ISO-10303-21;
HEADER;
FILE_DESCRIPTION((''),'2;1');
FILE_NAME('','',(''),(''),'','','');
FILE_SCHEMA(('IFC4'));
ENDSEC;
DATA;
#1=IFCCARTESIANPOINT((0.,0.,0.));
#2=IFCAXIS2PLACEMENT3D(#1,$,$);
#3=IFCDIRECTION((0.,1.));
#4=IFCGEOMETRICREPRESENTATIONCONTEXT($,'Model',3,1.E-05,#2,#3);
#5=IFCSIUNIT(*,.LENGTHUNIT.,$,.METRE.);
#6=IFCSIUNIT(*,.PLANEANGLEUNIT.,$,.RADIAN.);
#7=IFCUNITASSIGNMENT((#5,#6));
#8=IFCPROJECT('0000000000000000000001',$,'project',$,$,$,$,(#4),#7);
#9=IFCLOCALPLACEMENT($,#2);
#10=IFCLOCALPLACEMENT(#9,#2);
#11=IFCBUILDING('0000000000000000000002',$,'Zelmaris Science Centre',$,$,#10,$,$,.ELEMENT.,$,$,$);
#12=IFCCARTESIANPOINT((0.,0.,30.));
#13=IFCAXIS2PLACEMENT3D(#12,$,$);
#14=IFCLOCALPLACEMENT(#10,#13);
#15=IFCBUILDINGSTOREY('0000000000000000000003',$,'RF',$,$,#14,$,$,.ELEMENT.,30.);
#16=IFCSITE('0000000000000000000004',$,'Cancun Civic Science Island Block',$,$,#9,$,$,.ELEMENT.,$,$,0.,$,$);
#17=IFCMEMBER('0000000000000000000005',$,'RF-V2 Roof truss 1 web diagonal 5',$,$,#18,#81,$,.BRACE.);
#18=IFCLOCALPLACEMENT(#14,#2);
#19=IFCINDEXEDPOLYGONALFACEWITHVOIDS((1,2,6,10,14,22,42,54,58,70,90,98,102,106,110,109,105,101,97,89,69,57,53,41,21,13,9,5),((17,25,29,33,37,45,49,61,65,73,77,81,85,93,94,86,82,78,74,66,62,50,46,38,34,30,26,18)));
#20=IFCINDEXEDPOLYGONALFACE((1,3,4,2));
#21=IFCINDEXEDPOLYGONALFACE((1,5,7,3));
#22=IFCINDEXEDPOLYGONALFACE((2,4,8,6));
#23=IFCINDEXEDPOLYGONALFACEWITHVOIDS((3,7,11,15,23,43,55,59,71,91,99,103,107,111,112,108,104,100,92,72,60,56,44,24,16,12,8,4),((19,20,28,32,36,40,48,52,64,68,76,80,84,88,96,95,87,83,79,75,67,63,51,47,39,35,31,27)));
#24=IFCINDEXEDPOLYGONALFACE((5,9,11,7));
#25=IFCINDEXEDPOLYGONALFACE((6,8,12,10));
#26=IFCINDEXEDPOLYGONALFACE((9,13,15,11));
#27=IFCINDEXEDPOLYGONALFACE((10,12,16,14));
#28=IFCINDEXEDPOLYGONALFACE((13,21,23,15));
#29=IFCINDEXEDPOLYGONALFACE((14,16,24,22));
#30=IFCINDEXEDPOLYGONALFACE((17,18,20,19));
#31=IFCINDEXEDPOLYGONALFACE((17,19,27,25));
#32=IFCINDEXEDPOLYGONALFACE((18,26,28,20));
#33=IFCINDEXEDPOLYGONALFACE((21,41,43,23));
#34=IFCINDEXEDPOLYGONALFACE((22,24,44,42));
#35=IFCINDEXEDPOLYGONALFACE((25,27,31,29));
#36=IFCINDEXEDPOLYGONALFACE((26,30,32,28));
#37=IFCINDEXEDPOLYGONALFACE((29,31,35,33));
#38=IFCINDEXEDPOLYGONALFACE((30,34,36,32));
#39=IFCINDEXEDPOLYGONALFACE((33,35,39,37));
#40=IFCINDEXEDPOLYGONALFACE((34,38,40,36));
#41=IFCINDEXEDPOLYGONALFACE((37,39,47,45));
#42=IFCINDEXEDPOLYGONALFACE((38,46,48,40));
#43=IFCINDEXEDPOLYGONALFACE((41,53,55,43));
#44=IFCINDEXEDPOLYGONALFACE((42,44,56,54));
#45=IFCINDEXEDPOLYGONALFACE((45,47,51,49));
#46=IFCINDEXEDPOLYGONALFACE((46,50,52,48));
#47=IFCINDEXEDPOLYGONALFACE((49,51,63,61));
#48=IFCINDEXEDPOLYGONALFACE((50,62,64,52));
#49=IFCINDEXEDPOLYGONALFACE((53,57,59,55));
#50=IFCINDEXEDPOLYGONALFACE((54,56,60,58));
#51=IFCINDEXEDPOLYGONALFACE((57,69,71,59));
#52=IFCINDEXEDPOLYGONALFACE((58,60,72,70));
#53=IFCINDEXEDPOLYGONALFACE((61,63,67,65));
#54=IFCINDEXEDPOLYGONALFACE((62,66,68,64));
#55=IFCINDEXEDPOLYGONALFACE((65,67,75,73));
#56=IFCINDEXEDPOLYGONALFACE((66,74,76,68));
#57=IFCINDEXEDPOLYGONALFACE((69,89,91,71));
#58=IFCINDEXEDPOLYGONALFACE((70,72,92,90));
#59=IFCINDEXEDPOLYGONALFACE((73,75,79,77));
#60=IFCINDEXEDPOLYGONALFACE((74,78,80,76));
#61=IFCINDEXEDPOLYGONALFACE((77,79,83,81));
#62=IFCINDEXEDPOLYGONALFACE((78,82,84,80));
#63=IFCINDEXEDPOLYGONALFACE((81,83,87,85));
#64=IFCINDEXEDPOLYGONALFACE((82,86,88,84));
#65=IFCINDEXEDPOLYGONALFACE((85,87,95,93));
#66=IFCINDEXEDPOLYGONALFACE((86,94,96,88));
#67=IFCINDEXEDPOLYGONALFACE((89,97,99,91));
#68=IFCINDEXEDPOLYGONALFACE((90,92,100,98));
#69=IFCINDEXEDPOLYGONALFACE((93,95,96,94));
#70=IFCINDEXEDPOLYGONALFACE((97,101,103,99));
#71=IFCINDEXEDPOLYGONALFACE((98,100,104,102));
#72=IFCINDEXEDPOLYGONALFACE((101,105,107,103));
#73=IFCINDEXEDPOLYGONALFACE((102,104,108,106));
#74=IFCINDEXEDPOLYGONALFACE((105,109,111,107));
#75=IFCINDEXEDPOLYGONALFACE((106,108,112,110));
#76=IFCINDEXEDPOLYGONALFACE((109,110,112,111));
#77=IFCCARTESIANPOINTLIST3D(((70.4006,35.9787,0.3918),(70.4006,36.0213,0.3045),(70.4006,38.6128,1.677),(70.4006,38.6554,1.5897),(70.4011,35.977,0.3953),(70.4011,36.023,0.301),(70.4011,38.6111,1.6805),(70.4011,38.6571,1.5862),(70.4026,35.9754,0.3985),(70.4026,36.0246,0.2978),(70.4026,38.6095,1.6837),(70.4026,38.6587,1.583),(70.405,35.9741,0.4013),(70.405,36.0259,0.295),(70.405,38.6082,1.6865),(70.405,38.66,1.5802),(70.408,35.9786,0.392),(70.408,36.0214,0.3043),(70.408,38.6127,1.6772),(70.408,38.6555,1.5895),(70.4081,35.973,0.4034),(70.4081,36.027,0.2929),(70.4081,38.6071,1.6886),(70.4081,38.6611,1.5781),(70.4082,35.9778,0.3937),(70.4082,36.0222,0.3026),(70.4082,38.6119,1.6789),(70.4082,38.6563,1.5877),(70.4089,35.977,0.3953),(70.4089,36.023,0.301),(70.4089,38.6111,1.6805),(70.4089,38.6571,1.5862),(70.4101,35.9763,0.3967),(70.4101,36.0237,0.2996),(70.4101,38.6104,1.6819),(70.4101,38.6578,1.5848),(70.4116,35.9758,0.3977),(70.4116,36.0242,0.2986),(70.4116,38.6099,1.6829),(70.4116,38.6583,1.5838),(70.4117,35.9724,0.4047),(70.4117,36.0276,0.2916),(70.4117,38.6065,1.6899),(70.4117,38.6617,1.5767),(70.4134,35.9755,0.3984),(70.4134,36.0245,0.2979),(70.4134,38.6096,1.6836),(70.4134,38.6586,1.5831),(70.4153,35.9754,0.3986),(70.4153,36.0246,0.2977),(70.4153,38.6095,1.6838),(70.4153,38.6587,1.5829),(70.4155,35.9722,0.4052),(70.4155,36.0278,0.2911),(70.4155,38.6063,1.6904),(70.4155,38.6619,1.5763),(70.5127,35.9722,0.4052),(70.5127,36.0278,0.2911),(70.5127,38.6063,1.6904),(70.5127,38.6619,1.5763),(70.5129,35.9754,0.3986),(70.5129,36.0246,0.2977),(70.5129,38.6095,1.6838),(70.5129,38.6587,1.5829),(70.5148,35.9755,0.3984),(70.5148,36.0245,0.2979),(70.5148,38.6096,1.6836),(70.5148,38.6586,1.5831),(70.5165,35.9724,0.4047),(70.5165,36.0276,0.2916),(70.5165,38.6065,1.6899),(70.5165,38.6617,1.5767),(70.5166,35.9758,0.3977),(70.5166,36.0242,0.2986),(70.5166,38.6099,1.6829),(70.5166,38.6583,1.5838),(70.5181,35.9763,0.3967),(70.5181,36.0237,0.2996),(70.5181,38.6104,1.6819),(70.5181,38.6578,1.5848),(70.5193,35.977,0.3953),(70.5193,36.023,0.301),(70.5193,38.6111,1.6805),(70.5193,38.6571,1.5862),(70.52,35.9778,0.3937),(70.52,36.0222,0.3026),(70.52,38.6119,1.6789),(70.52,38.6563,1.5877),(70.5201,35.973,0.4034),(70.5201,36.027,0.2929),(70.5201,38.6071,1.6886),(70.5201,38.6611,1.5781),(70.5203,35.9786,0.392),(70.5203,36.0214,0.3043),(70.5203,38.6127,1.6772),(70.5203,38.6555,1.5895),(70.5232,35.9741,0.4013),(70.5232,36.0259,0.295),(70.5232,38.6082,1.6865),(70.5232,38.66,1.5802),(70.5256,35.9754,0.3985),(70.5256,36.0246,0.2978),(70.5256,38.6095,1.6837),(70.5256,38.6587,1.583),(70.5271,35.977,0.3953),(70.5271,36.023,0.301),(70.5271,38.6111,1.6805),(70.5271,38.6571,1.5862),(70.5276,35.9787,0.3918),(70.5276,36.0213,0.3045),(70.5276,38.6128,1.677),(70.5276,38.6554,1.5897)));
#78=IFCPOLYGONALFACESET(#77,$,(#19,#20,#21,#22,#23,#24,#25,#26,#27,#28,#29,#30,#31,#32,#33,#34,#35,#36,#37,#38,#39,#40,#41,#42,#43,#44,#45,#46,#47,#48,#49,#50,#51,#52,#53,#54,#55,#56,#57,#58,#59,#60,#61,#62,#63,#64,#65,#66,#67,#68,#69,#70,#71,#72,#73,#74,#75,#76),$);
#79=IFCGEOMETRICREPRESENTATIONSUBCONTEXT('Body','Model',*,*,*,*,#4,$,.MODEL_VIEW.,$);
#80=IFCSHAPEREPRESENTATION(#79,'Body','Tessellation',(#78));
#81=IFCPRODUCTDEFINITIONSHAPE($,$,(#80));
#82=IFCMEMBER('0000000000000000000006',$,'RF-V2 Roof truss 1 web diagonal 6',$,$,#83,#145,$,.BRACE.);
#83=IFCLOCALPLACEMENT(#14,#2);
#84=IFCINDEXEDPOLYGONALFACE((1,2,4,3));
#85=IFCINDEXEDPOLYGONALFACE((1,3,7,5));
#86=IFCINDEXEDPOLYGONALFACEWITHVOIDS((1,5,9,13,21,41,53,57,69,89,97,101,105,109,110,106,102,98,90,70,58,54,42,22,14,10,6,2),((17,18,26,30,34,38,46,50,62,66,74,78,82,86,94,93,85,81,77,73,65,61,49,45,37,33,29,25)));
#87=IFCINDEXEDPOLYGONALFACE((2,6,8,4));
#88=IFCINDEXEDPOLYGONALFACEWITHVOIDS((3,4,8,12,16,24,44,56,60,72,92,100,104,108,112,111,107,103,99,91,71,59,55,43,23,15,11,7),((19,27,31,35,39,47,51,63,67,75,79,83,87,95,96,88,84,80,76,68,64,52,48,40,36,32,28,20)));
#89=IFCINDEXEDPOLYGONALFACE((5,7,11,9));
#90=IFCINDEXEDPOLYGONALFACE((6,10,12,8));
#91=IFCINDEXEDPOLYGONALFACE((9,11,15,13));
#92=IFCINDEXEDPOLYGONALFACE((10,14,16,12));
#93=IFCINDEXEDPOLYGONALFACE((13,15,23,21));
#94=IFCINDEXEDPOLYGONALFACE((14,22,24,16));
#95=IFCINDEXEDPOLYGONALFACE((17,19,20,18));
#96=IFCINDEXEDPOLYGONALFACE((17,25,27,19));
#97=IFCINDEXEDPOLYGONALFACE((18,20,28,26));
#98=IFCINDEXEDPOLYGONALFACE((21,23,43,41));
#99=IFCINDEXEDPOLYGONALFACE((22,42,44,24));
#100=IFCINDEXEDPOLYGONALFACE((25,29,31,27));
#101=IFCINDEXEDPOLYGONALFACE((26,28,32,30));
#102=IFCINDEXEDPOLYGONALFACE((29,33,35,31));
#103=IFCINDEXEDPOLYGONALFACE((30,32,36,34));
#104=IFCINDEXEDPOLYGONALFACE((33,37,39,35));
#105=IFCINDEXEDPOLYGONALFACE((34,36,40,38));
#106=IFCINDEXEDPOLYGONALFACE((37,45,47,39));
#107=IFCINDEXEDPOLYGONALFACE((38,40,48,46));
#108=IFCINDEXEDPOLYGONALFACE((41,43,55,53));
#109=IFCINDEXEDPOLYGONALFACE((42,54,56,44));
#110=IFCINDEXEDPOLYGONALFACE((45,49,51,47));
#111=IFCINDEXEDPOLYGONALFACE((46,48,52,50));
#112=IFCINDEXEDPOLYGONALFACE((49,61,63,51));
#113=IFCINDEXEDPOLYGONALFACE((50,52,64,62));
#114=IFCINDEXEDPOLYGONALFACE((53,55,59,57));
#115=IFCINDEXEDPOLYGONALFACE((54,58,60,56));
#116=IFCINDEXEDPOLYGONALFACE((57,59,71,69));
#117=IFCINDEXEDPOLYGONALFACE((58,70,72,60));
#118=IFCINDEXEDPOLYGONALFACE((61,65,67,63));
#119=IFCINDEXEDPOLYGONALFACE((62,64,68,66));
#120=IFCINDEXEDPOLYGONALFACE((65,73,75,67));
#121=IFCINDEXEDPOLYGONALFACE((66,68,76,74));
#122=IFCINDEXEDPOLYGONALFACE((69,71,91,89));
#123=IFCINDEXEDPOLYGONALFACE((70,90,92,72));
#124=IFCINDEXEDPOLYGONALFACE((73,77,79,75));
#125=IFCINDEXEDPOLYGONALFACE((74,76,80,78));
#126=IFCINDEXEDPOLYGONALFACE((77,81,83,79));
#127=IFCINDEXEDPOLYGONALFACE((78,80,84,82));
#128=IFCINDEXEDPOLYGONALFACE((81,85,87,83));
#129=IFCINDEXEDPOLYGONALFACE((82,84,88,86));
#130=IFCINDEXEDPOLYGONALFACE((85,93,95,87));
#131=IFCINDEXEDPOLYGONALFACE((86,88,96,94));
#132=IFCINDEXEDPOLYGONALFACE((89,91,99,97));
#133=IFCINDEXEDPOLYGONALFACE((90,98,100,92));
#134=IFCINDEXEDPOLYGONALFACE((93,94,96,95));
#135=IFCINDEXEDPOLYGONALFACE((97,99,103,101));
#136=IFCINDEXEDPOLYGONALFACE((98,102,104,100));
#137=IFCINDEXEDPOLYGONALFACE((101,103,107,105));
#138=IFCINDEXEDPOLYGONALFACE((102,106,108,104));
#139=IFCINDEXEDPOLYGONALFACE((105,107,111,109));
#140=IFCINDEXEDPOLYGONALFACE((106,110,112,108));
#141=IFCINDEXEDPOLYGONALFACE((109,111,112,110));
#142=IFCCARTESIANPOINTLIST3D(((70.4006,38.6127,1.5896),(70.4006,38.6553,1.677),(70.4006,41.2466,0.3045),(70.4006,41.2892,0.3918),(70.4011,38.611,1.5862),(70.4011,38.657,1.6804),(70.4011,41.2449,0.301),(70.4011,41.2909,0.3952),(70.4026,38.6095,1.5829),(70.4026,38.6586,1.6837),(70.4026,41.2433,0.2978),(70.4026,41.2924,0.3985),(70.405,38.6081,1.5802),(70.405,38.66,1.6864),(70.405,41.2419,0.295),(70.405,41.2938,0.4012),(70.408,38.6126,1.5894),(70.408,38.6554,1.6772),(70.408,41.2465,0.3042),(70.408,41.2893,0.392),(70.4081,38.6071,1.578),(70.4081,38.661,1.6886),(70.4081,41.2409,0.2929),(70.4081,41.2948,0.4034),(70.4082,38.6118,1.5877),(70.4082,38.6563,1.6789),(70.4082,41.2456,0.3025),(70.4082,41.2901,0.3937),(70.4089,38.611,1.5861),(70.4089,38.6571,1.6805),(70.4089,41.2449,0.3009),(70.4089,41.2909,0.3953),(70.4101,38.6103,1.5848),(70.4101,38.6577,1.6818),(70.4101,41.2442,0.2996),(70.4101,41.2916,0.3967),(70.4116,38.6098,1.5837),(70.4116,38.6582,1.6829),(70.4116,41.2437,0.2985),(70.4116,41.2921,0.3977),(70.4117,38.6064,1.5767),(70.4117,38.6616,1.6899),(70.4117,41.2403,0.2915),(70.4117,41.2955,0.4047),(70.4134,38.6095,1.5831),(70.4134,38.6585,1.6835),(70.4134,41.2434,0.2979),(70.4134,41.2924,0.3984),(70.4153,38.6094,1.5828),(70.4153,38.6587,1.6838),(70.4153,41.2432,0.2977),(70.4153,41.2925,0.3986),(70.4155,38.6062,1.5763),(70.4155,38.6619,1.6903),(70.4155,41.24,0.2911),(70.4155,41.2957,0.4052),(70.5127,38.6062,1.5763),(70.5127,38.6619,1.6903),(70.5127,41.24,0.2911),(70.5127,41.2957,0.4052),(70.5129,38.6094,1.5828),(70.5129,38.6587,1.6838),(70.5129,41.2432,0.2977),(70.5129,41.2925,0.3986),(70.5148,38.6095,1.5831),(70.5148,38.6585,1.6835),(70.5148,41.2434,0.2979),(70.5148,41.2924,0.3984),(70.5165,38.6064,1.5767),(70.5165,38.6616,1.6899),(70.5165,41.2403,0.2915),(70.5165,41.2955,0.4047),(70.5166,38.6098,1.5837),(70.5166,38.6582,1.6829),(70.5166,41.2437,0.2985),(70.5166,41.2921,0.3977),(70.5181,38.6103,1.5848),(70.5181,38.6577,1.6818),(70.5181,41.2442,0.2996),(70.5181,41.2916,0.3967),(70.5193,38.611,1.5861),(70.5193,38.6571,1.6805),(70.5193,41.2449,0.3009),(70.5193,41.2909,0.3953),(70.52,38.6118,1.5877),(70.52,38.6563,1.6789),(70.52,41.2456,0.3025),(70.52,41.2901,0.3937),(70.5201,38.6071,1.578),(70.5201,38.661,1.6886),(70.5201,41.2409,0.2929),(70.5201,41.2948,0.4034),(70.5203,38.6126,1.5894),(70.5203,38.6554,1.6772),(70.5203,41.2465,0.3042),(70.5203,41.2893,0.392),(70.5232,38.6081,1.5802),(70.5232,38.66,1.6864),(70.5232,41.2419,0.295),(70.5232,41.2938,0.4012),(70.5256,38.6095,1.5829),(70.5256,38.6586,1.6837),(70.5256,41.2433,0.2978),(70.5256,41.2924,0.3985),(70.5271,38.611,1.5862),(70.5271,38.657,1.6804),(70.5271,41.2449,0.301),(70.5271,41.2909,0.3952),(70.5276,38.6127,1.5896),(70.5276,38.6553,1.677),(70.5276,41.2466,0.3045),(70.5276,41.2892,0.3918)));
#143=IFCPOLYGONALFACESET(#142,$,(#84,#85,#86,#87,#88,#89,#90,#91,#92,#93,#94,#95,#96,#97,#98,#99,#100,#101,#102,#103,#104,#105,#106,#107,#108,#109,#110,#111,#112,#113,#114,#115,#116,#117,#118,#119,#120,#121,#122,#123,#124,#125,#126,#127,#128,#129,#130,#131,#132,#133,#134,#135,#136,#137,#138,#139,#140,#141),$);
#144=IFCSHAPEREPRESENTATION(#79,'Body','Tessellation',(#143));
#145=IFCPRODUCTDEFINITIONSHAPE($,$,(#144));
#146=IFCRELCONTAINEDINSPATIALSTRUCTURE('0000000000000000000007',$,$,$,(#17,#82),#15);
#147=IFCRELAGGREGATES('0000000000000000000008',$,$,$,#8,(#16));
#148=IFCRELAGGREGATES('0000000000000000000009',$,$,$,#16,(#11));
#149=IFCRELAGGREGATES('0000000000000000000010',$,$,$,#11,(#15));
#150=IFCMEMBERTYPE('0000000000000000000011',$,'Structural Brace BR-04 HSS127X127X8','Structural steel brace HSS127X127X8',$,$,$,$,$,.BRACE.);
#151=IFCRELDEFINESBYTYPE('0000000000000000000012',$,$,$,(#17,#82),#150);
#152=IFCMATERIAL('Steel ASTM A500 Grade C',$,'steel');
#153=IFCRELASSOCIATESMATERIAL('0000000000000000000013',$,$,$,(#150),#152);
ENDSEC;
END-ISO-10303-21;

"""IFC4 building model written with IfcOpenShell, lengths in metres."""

from ifc_helpers import new_model, si_unit, direction, frame, origin, origin_2d, place, context, subcontext, project, spatial, hollow_rectangle, extrude, material, material_profile, profile_set, type_object, element, save


model = new_model("IFC4")

# Units and contexts
model_context = context("Model", 3, precision=1e-05, world=origin(), true_north=direction((0.0, 1.0)))
body_context = subcontext(model_context, "Body", "Model", "MODEL_VIEW")
ifc_project = project(units=[si_unit("LENGTHUNIT", "METRE"), si_unit("PLANEANGLEUNIT", "RADIAN")], contexts=[model_context])

# Site, building, storey
site_placement = place(None, origin())
site = spatial("IfcSite", under=ifc_project, at=site_placement, Name="Cancun Civic Science Island Block", CompositionType="ELEMENT", RefElevation=0.0)
building_placement = place(site_placement, origin())
building = spatial("IfcBuilding", under=site, at=building_placement, Name="Zelmaris Science Centre", CompositionType="ELEMENT")
storey_placement = place(building_placement, frame((0.0, 0.0, 30.0)))
storey = spatial("IfcBuildingStorey", under=building, at=storey_placement, Name="RF", CompositionType="ELEMENT", Elevation=30.0)

# Shared definitions
ifc_material_1 = material(Name="Steel ASTM A500 Grade C", Category="steel")

# Members
ifc_material_profile_1 = material_profile(ifc_material_1, hollow_rectangle(XDim=0.127, YDim=0.127, WallThickness=0.0073, InnerFilletRadius=0.0073, OuterFilletRadius=0.0149, at=origin_2d()), Name="HSS127X127X8")
ifc_profile_set_1 = profile_set([ifc_material_profile_1], Name="Steel ASTM A500 Grade C")
member_type_1 = type_object("IfcMemberType", Name="Structural Brace BR-04 HSS127X127X8", Description="Structural steel brace HSS127X127X8", PredefinedType="BRACE", material=ifc_profile_set_1)
for number, where, z_axis, x_axis, name in (
    (1, (70.4641, 36.0, 0.3481), (0.0, 0.898733, 0.438496), (-1.0, 0.0, 0.0), "RF-V2 Roof truss 1 web diagonal 5"),
):
    element("IfcMember", number, at=place(storey_placement, frame(where, z_axis=z_axis, x_axis=x_axis)), inside=storey, type_object=member_type_1, Name=name, PredefinedType="BRACE", context=body_context, shape_type="SweptSolid", body=[
        extrude(hollow_rectangle(XDim=0.127, YDim=0.127, WallThickness=0.0073, InnerFilletRadius=0.0073, OuterFilletRadius=0.0149, at=origin_2d()), origin(), (0.0, 0.0, 1.0), 2.9309),
    ])
member_1_placement = place(storey_placement, frame((70.4641, 38.634, 1.6333), z_axis=(0.0, 0.898717, -0.438529), x_axis=(-1.0, 0.0, 0.0)))
element("IfcMember", 2, at=member_1_placement, inside=storey, type_object=member_type_1, Name="RF-V2 Roof truss 1 web diagonal 6", PredefinedType="BRACE", context=body_context, shape_type="SweptSolid", body=[
    extrude(hollow_rectangle(XDim=0.127, YDim=0.127, WallThickness=0.0073, InnerFilletRadius=0.0073, OuterFilletRadius=0.0149, at=origin_2d()), origin(), (0.0, 0.0, 1.0), 2.9307),
])

save(model, "model.ifc")
